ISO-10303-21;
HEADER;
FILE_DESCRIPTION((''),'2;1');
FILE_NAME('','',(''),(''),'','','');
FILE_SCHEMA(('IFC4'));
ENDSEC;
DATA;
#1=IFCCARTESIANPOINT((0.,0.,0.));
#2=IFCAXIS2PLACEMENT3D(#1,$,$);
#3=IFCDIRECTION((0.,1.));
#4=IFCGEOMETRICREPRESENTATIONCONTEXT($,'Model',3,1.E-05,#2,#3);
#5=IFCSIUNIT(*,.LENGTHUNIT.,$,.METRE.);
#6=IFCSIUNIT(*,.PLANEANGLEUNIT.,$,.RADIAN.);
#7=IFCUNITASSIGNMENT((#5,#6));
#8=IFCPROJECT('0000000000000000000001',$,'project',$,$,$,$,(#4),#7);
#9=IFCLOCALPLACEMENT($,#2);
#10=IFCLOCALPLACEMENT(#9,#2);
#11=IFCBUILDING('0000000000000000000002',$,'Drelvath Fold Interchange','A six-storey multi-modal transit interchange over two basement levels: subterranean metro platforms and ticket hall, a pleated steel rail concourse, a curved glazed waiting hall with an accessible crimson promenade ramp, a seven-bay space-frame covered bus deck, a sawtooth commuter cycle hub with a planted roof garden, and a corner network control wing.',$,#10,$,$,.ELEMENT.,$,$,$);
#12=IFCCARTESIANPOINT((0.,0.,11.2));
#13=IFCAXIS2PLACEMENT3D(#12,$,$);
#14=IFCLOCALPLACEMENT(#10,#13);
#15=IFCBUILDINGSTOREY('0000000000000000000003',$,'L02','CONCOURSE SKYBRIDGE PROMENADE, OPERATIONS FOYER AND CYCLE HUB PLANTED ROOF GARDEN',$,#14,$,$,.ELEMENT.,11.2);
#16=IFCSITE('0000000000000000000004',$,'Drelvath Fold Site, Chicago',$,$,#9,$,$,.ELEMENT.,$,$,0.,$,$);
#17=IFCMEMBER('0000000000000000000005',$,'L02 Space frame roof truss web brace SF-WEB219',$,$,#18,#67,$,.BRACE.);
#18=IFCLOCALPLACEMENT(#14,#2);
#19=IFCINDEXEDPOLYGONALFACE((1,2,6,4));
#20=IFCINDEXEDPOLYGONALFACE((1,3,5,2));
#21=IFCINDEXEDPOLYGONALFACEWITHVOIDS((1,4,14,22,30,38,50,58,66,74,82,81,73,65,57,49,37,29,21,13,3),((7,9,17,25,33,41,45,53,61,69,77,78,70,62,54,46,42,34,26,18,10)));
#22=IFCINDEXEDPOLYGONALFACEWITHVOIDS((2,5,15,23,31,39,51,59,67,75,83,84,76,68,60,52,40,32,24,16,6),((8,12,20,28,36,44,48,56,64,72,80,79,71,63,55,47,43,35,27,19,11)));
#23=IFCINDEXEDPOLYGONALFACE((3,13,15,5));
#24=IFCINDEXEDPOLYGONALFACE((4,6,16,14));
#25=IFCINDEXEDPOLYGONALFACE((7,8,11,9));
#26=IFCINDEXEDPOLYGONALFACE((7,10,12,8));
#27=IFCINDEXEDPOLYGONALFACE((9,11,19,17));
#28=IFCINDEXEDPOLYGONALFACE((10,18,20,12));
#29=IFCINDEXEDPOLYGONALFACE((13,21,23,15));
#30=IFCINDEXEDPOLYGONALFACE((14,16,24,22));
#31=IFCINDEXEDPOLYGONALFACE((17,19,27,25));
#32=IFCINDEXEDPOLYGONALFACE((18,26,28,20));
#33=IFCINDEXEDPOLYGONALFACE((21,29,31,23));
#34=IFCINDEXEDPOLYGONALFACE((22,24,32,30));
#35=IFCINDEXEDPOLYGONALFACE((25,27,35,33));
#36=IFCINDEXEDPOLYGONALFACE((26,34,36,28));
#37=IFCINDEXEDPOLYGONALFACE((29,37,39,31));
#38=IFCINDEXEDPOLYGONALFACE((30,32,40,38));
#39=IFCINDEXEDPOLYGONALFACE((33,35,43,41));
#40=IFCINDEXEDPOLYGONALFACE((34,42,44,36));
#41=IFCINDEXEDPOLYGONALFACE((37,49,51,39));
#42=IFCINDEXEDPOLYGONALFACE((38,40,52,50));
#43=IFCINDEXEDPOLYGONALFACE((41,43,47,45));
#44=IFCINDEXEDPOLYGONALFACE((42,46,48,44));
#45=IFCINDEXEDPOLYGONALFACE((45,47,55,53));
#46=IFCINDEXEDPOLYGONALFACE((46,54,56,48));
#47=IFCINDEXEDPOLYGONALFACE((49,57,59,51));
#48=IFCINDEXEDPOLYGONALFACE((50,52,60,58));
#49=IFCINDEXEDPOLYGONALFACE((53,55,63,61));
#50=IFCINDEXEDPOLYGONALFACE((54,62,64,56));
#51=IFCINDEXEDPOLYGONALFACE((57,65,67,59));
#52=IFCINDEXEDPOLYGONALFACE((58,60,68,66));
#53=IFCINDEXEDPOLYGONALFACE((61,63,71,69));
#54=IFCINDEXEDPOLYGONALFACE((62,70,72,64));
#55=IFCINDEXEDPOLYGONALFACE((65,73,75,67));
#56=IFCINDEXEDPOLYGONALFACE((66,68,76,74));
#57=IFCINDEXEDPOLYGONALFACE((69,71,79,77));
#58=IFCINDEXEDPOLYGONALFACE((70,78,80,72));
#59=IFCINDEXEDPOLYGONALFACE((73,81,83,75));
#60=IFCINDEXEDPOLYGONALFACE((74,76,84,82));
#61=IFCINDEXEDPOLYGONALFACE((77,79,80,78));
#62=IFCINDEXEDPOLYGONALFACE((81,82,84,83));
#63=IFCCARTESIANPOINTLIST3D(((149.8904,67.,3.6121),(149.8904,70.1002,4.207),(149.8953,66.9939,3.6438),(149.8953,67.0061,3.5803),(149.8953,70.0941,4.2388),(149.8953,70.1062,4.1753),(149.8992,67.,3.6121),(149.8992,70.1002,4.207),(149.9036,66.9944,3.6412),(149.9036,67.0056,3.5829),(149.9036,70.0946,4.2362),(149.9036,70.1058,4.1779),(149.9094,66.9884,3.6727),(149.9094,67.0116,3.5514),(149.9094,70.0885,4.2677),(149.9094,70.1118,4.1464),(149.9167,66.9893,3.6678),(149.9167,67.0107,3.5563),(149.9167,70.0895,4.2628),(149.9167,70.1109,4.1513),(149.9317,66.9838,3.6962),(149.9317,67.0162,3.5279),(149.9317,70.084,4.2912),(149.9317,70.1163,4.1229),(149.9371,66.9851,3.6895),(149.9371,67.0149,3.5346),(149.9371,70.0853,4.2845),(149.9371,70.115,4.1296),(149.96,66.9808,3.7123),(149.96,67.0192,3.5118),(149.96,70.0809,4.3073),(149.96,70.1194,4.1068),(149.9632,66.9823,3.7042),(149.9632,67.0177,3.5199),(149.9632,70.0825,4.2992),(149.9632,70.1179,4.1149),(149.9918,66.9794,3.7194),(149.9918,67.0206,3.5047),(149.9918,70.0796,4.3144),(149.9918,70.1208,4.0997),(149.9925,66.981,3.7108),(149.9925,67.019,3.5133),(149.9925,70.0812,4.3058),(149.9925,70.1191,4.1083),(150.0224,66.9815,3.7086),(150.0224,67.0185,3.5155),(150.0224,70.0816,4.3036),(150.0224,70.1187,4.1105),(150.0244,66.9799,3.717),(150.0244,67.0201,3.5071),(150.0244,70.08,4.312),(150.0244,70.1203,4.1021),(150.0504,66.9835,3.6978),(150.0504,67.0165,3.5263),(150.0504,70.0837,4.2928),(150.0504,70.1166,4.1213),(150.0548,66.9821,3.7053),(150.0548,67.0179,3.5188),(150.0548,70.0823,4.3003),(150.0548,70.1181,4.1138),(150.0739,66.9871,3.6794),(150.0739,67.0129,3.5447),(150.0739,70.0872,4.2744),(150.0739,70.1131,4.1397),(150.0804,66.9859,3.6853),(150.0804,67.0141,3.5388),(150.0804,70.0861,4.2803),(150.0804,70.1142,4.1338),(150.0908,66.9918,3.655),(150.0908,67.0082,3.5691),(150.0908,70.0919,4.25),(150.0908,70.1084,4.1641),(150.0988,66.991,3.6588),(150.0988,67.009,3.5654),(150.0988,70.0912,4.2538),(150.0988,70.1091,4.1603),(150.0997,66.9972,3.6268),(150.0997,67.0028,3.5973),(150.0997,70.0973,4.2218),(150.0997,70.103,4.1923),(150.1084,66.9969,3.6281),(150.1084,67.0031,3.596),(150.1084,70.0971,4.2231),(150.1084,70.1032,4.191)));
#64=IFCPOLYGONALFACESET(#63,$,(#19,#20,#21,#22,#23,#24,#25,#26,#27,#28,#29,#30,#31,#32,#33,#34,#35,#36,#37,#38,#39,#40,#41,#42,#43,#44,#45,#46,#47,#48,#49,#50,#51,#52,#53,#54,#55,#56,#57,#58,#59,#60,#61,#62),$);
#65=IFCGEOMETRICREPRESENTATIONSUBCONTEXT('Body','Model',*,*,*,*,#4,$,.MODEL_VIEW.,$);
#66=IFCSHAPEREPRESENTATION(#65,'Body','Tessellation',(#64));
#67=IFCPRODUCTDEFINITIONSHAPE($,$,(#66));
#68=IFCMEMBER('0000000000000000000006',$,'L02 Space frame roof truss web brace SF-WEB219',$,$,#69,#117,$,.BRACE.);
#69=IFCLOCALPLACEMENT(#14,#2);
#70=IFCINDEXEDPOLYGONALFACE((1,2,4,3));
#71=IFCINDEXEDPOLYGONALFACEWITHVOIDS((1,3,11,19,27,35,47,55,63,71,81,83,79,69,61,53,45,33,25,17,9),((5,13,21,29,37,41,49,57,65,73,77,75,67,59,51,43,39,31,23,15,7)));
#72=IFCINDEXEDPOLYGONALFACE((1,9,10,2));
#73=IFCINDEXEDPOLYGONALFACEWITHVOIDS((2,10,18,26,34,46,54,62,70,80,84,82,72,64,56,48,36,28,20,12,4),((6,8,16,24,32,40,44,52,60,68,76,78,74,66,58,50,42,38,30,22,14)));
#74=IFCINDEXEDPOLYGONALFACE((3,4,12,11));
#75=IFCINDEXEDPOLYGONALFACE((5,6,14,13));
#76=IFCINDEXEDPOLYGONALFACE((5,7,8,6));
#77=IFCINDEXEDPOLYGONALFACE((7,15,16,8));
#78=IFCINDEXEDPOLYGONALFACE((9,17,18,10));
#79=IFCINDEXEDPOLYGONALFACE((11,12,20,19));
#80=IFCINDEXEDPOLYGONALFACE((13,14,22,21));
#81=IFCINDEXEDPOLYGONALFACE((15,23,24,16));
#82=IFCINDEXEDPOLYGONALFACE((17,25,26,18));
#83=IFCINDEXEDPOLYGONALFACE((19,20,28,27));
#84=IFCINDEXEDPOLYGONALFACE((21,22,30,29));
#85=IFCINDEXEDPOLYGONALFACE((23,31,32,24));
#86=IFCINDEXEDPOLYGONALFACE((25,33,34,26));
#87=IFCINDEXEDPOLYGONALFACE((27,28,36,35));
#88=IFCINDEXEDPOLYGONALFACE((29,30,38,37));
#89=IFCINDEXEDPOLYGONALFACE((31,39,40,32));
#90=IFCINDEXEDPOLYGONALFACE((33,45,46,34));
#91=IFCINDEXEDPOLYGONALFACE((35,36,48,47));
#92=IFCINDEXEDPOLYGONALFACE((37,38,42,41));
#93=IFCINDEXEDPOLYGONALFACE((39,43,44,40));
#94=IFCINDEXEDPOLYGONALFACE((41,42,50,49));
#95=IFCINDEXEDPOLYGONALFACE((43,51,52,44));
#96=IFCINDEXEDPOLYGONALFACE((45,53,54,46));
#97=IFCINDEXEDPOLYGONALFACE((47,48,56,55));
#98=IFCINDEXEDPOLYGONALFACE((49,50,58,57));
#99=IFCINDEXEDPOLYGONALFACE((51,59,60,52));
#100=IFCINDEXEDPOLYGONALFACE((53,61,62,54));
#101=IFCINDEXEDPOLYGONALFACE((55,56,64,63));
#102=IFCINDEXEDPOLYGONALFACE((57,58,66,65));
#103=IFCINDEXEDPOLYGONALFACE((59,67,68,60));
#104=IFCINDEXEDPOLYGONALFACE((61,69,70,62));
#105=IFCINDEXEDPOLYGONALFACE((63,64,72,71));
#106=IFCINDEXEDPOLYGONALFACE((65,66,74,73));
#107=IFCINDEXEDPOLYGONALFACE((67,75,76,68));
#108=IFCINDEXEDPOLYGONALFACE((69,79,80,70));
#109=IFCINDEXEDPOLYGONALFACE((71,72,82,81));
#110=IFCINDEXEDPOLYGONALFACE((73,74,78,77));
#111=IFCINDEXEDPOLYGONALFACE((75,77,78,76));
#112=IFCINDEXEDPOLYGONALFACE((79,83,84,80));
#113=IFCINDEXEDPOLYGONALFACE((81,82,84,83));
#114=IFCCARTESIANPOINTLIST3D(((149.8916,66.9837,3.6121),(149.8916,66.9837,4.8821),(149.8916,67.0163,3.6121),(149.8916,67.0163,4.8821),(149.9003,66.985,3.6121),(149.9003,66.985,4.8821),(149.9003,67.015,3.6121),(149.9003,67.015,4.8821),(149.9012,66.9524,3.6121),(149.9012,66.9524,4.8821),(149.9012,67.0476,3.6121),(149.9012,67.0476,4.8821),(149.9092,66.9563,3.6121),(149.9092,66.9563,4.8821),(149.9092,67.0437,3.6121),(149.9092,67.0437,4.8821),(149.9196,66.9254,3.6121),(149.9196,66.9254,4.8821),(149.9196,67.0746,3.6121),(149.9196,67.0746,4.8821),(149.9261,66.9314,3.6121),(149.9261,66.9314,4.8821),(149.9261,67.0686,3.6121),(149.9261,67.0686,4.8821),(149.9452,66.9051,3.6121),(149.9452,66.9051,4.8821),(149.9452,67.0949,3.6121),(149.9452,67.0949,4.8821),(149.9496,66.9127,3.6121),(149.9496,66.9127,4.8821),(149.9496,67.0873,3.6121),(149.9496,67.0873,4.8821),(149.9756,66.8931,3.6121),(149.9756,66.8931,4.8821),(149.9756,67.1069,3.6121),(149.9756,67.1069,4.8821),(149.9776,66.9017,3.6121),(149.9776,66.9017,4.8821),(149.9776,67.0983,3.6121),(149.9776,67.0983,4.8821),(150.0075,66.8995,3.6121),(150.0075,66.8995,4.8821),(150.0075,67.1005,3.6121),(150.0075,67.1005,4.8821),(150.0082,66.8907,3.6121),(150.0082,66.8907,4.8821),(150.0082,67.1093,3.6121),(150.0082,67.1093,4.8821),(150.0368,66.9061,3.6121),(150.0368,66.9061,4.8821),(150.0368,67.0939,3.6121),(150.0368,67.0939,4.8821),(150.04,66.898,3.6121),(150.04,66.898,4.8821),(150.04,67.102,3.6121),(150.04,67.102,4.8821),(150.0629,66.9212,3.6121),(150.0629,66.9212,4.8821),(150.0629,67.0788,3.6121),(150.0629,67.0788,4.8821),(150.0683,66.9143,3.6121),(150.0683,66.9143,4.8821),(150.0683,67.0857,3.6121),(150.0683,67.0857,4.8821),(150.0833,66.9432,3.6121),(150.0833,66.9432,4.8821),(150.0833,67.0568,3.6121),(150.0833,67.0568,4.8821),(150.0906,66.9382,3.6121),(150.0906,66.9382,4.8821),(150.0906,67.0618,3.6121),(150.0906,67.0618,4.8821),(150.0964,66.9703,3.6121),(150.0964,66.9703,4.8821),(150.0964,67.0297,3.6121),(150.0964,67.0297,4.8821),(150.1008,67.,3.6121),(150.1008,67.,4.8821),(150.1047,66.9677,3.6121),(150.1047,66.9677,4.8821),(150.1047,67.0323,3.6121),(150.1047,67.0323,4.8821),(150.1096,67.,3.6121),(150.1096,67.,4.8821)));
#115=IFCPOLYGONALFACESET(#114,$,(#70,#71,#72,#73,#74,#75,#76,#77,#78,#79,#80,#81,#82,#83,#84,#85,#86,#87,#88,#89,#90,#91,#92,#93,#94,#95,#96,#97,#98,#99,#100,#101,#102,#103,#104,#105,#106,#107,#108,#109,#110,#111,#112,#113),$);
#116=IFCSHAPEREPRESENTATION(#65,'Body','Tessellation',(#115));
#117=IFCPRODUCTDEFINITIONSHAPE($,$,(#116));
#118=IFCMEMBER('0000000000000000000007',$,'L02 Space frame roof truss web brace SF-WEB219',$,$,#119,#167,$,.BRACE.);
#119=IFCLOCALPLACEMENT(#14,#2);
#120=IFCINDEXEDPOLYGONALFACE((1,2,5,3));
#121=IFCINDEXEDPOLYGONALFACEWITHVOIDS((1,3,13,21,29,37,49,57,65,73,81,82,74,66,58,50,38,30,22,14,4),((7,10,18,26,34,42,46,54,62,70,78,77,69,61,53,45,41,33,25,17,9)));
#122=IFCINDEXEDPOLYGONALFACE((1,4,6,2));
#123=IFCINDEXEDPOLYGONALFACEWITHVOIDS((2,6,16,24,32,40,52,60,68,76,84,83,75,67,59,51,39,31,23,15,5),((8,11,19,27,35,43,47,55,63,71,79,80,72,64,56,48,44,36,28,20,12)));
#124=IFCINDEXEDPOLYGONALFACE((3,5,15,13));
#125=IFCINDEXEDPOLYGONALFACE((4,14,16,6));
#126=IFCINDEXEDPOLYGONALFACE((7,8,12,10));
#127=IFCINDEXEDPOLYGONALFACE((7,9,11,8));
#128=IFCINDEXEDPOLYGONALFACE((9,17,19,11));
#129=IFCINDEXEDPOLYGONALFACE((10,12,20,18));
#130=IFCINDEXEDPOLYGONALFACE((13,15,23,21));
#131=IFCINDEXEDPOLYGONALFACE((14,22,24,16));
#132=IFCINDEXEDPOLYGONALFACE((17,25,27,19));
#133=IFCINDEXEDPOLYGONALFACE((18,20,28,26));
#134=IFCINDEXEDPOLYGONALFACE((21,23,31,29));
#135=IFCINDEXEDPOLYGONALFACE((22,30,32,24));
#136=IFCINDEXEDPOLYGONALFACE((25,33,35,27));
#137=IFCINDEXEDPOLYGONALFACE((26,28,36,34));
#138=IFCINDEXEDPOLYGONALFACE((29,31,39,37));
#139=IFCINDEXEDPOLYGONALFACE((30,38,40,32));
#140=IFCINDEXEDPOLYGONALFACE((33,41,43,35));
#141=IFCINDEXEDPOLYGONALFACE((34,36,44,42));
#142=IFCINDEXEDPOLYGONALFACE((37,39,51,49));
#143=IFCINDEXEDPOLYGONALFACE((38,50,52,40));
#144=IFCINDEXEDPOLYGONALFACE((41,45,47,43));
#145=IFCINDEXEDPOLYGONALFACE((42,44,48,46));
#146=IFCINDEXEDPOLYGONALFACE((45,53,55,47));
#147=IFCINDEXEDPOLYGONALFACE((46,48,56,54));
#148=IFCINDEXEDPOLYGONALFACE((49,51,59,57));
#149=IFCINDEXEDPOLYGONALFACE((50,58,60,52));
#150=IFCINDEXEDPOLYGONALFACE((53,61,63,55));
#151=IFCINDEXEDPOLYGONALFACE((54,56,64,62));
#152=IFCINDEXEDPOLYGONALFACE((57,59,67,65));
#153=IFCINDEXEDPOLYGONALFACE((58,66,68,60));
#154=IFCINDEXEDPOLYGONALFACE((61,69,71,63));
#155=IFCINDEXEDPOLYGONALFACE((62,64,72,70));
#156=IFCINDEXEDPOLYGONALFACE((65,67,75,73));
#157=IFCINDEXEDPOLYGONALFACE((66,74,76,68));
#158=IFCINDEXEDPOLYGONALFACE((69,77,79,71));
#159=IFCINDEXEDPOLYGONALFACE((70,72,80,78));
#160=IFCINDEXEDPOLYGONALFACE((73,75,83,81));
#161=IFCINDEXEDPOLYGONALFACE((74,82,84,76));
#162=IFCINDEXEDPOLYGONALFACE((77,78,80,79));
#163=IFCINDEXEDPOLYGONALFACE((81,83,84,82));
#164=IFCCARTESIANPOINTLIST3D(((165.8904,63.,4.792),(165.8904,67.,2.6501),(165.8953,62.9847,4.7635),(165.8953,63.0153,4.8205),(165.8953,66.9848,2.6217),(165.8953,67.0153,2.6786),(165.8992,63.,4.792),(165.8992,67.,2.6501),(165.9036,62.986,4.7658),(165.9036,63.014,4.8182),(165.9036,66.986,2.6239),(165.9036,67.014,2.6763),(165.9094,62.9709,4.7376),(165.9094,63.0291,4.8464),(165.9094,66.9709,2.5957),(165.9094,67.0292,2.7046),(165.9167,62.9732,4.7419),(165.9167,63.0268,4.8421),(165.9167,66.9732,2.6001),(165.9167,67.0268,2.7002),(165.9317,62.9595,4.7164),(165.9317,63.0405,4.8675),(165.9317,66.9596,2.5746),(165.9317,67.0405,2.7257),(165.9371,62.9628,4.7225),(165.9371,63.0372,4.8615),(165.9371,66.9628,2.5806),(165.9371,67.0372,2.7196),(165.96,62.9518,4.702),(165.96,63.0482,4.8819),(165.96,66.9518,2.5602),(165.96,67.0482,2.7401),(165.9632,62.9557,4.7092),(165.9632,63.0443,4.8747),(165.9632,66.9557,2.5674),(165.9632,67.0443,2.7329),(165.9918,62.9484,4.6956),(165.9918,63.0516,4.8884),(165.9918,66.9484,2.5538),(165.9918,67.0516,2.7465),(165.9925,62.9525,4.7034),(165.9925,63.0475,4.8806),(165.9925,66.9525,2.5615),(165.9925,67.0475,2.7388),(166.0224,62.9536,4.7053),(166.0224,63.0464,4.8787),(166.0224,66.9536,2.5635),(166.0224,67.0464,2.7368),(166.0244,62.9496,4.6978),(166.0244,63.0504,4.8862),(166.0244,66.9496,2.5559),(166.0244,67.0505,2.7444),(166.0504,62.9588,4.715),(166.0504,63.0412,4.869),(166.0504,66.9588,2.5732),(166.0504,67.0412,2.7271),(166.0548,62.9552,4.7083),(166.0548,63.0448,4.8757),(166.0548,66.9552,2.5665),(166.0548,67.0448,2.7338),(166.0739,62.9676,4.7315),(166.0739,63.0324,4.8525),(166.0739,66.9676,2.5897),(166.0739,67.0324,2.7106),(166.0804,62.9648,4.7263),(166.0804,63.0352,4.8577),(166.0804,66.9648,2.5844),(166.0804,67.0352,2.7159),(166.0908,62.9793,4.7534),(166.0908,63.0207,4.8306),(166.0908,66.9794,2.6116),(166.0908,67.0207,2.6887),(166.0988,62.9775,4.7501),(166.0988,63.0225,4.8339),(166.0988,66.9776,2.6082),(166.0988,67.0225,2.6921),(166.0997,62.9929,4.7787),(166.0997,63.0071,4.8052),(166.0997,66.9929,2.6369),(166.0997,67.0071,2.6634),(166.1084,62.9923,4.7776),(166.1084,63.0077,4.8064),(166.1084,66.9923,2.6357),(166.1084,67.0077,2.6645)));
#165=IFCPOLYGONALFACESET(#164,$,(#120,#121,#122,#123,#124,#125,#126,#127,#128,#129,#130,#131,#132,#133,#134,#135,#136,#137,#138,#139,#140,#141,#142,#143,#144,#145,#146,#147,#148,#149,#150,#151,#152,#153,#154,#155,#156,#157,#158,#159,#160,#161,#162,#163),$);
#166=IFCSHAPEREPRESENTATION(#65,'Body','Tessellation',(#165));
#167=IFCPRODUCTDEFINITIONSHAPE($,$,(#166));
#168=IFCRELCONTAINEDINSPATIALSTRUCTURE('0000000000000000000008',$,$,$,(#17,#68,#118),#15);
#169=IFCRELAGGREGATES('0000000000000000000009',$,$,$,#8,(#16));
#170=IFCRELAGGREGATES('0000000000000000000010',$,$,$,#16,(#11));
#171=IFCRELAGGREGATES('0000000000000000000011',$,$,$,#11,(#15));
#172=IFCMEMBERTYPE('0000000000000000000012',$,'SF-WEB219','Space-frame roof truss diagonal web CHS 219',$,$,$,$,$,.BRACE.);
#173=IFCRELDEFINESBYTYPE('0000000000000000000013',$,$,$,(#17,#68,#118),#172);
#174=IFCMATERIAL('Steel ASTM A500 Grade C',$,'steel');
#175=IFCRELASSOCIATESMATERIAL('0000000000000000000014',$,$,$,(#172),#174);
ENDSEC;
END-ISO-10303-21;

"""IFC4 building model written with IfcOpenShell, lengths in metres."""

from ifc_helpers import new_model, si_unit, direction, frame, origin, origin_2d, place, context, subcontext, project, spatial, hollow_circle, extrude, material, material_profile, profile_set, type_object, element, save


model = new_model("IFC4")

# Units and contexts
model_context = context("Model", 3, precision=1e-05, world=origin(), true_north=direction((0.0, 1.0)))
body_context = subcontext(model_context, "Body", "Model", "MODEL_VIEW")
ifc_project = project(units=[si_unit("LENGTHUNIT", "METRE"), si_unit("PLANEANGLEUNIT", "RADIAN")], contexts=[model_context])

# Site, building, storey
site_placement = place(None, origin())
site = spatial("IfcSite", under=ifc_project, at=site_placement, Name="Drelvath Fold Site, Chicago", CompositionType="ELEMENT", RefElevation=0.0)
building_placement = place(site_placement, origin())
building = spatial("IfcBuilding", under=site, at=building_placement, Name="Drelvath Fold Interchange", Description="A six-storey multi-modal transit interchange over two basement levels: subterranean metro platforms and ticket hall, a pleated steel rail concourse, a curved glazed waiting hall with an accessible crimson promenade ramp, a seven-bay space-frame covered bus deck, a sawtooth commuter cycle hub with a planted roof garden, and a corner network control wing.", CompositionType="ELEMENT")
storey_placement = place(building_placement, frame((0.0, 0.0, 11.2)))
storey = spatial("IfcBuildingStorey", under=building, at=storey_placement, Name="L02", Description="CONCOURSE SKYBRIDGE PROMENADE, OPERATIONS FOYER AND CYCLE HUB PLANTED ROOF GARDEN", CompositionType="ELEMENT", Elevation=11.2)

# Shared definitions
ifc_material_1 = material(Name="Steel ASTM A500 Grade C", Category="steel")

# Members
ifc_material_profile_1 = material_profile(ifc_material_1, hollow_circle(Radius=0.1096, WallThickness=0.0088, at=origin_2d()), Name="HSS8.625X0.375")
ifc_profile_set_1 = profile_set([ifc_material_profile_1], Name="Steel ASTM A500 Grade C")
member_type_1 = type_object("IfcMemberType", Name="SF-WEB219", Description="Space-frame roof truss diagonal web CHS 219", PredefinedType="BRACE", material=ifc_profile_set_1)
member_1_placement = place(storey_placement, frame((150.0, 67.0, 3.6121), z_axis=(0.0, 0.982077, 0.18848), x_axis=(-1.0, 0.0, 0.0)))
element("IfcMember", 1, at=member_1_placement, inside=storey, type_object=member_type_1, Name="L02 Space frame roof truss web brace SF-WEB219", PredefinedType="BRACE", context=body_context, shape_type="SweptSolid", body=[
    extrude(hollow_circle(Radius=0.1096, WallThickness=0.0088, at=origin_2d()), origin(), (0.0, 0.0, 1.0), 3.1567),
])
member_2_placement = place(storey_placement, frame((150.0, 67.0, 3.6121), z_axis=(0.0, 0.0, 1.0), x_axis=(1.0, 0.0, 0.0)))
element("IfcMember", 2, at=member_2_placement, inside=storey, type_object=member_type_1, Name="L02 Space frame roof truss web brace SF-WEB219", PredefinedType="BRACE", context=body_context, shape_type="SweptSolid", body=[
    extrude(hollow_circle(Radius=0.1096, WallThickness=0.0088, at=origin_2d()), origin(), (0.0, 0.0, 1.0), 1.27),
])
member_3_placement = place(storey_placement, frame((166.0, 63.0, 4.792), z_axis=(0.0, 0.881573, -0.472048), x_axis=(-1.0, 0.0, 0.0)))
element("IfcMember", 3, at=member_3_placement, inside=storey, type_object=member_type_1, Name="L02 Space frame roof truss web brace SF-WEB219", PredefinedType="BRACE", context=body_context, shape_type="SweptSolid", body=[
    extrude(hollow_circle(Radius=0.1096, WallThickness=0.0088, at=origin_2d()), origin(), (0.0, 0.0, 1.0), 4.5374),
])

save(model, "model.ifc")
